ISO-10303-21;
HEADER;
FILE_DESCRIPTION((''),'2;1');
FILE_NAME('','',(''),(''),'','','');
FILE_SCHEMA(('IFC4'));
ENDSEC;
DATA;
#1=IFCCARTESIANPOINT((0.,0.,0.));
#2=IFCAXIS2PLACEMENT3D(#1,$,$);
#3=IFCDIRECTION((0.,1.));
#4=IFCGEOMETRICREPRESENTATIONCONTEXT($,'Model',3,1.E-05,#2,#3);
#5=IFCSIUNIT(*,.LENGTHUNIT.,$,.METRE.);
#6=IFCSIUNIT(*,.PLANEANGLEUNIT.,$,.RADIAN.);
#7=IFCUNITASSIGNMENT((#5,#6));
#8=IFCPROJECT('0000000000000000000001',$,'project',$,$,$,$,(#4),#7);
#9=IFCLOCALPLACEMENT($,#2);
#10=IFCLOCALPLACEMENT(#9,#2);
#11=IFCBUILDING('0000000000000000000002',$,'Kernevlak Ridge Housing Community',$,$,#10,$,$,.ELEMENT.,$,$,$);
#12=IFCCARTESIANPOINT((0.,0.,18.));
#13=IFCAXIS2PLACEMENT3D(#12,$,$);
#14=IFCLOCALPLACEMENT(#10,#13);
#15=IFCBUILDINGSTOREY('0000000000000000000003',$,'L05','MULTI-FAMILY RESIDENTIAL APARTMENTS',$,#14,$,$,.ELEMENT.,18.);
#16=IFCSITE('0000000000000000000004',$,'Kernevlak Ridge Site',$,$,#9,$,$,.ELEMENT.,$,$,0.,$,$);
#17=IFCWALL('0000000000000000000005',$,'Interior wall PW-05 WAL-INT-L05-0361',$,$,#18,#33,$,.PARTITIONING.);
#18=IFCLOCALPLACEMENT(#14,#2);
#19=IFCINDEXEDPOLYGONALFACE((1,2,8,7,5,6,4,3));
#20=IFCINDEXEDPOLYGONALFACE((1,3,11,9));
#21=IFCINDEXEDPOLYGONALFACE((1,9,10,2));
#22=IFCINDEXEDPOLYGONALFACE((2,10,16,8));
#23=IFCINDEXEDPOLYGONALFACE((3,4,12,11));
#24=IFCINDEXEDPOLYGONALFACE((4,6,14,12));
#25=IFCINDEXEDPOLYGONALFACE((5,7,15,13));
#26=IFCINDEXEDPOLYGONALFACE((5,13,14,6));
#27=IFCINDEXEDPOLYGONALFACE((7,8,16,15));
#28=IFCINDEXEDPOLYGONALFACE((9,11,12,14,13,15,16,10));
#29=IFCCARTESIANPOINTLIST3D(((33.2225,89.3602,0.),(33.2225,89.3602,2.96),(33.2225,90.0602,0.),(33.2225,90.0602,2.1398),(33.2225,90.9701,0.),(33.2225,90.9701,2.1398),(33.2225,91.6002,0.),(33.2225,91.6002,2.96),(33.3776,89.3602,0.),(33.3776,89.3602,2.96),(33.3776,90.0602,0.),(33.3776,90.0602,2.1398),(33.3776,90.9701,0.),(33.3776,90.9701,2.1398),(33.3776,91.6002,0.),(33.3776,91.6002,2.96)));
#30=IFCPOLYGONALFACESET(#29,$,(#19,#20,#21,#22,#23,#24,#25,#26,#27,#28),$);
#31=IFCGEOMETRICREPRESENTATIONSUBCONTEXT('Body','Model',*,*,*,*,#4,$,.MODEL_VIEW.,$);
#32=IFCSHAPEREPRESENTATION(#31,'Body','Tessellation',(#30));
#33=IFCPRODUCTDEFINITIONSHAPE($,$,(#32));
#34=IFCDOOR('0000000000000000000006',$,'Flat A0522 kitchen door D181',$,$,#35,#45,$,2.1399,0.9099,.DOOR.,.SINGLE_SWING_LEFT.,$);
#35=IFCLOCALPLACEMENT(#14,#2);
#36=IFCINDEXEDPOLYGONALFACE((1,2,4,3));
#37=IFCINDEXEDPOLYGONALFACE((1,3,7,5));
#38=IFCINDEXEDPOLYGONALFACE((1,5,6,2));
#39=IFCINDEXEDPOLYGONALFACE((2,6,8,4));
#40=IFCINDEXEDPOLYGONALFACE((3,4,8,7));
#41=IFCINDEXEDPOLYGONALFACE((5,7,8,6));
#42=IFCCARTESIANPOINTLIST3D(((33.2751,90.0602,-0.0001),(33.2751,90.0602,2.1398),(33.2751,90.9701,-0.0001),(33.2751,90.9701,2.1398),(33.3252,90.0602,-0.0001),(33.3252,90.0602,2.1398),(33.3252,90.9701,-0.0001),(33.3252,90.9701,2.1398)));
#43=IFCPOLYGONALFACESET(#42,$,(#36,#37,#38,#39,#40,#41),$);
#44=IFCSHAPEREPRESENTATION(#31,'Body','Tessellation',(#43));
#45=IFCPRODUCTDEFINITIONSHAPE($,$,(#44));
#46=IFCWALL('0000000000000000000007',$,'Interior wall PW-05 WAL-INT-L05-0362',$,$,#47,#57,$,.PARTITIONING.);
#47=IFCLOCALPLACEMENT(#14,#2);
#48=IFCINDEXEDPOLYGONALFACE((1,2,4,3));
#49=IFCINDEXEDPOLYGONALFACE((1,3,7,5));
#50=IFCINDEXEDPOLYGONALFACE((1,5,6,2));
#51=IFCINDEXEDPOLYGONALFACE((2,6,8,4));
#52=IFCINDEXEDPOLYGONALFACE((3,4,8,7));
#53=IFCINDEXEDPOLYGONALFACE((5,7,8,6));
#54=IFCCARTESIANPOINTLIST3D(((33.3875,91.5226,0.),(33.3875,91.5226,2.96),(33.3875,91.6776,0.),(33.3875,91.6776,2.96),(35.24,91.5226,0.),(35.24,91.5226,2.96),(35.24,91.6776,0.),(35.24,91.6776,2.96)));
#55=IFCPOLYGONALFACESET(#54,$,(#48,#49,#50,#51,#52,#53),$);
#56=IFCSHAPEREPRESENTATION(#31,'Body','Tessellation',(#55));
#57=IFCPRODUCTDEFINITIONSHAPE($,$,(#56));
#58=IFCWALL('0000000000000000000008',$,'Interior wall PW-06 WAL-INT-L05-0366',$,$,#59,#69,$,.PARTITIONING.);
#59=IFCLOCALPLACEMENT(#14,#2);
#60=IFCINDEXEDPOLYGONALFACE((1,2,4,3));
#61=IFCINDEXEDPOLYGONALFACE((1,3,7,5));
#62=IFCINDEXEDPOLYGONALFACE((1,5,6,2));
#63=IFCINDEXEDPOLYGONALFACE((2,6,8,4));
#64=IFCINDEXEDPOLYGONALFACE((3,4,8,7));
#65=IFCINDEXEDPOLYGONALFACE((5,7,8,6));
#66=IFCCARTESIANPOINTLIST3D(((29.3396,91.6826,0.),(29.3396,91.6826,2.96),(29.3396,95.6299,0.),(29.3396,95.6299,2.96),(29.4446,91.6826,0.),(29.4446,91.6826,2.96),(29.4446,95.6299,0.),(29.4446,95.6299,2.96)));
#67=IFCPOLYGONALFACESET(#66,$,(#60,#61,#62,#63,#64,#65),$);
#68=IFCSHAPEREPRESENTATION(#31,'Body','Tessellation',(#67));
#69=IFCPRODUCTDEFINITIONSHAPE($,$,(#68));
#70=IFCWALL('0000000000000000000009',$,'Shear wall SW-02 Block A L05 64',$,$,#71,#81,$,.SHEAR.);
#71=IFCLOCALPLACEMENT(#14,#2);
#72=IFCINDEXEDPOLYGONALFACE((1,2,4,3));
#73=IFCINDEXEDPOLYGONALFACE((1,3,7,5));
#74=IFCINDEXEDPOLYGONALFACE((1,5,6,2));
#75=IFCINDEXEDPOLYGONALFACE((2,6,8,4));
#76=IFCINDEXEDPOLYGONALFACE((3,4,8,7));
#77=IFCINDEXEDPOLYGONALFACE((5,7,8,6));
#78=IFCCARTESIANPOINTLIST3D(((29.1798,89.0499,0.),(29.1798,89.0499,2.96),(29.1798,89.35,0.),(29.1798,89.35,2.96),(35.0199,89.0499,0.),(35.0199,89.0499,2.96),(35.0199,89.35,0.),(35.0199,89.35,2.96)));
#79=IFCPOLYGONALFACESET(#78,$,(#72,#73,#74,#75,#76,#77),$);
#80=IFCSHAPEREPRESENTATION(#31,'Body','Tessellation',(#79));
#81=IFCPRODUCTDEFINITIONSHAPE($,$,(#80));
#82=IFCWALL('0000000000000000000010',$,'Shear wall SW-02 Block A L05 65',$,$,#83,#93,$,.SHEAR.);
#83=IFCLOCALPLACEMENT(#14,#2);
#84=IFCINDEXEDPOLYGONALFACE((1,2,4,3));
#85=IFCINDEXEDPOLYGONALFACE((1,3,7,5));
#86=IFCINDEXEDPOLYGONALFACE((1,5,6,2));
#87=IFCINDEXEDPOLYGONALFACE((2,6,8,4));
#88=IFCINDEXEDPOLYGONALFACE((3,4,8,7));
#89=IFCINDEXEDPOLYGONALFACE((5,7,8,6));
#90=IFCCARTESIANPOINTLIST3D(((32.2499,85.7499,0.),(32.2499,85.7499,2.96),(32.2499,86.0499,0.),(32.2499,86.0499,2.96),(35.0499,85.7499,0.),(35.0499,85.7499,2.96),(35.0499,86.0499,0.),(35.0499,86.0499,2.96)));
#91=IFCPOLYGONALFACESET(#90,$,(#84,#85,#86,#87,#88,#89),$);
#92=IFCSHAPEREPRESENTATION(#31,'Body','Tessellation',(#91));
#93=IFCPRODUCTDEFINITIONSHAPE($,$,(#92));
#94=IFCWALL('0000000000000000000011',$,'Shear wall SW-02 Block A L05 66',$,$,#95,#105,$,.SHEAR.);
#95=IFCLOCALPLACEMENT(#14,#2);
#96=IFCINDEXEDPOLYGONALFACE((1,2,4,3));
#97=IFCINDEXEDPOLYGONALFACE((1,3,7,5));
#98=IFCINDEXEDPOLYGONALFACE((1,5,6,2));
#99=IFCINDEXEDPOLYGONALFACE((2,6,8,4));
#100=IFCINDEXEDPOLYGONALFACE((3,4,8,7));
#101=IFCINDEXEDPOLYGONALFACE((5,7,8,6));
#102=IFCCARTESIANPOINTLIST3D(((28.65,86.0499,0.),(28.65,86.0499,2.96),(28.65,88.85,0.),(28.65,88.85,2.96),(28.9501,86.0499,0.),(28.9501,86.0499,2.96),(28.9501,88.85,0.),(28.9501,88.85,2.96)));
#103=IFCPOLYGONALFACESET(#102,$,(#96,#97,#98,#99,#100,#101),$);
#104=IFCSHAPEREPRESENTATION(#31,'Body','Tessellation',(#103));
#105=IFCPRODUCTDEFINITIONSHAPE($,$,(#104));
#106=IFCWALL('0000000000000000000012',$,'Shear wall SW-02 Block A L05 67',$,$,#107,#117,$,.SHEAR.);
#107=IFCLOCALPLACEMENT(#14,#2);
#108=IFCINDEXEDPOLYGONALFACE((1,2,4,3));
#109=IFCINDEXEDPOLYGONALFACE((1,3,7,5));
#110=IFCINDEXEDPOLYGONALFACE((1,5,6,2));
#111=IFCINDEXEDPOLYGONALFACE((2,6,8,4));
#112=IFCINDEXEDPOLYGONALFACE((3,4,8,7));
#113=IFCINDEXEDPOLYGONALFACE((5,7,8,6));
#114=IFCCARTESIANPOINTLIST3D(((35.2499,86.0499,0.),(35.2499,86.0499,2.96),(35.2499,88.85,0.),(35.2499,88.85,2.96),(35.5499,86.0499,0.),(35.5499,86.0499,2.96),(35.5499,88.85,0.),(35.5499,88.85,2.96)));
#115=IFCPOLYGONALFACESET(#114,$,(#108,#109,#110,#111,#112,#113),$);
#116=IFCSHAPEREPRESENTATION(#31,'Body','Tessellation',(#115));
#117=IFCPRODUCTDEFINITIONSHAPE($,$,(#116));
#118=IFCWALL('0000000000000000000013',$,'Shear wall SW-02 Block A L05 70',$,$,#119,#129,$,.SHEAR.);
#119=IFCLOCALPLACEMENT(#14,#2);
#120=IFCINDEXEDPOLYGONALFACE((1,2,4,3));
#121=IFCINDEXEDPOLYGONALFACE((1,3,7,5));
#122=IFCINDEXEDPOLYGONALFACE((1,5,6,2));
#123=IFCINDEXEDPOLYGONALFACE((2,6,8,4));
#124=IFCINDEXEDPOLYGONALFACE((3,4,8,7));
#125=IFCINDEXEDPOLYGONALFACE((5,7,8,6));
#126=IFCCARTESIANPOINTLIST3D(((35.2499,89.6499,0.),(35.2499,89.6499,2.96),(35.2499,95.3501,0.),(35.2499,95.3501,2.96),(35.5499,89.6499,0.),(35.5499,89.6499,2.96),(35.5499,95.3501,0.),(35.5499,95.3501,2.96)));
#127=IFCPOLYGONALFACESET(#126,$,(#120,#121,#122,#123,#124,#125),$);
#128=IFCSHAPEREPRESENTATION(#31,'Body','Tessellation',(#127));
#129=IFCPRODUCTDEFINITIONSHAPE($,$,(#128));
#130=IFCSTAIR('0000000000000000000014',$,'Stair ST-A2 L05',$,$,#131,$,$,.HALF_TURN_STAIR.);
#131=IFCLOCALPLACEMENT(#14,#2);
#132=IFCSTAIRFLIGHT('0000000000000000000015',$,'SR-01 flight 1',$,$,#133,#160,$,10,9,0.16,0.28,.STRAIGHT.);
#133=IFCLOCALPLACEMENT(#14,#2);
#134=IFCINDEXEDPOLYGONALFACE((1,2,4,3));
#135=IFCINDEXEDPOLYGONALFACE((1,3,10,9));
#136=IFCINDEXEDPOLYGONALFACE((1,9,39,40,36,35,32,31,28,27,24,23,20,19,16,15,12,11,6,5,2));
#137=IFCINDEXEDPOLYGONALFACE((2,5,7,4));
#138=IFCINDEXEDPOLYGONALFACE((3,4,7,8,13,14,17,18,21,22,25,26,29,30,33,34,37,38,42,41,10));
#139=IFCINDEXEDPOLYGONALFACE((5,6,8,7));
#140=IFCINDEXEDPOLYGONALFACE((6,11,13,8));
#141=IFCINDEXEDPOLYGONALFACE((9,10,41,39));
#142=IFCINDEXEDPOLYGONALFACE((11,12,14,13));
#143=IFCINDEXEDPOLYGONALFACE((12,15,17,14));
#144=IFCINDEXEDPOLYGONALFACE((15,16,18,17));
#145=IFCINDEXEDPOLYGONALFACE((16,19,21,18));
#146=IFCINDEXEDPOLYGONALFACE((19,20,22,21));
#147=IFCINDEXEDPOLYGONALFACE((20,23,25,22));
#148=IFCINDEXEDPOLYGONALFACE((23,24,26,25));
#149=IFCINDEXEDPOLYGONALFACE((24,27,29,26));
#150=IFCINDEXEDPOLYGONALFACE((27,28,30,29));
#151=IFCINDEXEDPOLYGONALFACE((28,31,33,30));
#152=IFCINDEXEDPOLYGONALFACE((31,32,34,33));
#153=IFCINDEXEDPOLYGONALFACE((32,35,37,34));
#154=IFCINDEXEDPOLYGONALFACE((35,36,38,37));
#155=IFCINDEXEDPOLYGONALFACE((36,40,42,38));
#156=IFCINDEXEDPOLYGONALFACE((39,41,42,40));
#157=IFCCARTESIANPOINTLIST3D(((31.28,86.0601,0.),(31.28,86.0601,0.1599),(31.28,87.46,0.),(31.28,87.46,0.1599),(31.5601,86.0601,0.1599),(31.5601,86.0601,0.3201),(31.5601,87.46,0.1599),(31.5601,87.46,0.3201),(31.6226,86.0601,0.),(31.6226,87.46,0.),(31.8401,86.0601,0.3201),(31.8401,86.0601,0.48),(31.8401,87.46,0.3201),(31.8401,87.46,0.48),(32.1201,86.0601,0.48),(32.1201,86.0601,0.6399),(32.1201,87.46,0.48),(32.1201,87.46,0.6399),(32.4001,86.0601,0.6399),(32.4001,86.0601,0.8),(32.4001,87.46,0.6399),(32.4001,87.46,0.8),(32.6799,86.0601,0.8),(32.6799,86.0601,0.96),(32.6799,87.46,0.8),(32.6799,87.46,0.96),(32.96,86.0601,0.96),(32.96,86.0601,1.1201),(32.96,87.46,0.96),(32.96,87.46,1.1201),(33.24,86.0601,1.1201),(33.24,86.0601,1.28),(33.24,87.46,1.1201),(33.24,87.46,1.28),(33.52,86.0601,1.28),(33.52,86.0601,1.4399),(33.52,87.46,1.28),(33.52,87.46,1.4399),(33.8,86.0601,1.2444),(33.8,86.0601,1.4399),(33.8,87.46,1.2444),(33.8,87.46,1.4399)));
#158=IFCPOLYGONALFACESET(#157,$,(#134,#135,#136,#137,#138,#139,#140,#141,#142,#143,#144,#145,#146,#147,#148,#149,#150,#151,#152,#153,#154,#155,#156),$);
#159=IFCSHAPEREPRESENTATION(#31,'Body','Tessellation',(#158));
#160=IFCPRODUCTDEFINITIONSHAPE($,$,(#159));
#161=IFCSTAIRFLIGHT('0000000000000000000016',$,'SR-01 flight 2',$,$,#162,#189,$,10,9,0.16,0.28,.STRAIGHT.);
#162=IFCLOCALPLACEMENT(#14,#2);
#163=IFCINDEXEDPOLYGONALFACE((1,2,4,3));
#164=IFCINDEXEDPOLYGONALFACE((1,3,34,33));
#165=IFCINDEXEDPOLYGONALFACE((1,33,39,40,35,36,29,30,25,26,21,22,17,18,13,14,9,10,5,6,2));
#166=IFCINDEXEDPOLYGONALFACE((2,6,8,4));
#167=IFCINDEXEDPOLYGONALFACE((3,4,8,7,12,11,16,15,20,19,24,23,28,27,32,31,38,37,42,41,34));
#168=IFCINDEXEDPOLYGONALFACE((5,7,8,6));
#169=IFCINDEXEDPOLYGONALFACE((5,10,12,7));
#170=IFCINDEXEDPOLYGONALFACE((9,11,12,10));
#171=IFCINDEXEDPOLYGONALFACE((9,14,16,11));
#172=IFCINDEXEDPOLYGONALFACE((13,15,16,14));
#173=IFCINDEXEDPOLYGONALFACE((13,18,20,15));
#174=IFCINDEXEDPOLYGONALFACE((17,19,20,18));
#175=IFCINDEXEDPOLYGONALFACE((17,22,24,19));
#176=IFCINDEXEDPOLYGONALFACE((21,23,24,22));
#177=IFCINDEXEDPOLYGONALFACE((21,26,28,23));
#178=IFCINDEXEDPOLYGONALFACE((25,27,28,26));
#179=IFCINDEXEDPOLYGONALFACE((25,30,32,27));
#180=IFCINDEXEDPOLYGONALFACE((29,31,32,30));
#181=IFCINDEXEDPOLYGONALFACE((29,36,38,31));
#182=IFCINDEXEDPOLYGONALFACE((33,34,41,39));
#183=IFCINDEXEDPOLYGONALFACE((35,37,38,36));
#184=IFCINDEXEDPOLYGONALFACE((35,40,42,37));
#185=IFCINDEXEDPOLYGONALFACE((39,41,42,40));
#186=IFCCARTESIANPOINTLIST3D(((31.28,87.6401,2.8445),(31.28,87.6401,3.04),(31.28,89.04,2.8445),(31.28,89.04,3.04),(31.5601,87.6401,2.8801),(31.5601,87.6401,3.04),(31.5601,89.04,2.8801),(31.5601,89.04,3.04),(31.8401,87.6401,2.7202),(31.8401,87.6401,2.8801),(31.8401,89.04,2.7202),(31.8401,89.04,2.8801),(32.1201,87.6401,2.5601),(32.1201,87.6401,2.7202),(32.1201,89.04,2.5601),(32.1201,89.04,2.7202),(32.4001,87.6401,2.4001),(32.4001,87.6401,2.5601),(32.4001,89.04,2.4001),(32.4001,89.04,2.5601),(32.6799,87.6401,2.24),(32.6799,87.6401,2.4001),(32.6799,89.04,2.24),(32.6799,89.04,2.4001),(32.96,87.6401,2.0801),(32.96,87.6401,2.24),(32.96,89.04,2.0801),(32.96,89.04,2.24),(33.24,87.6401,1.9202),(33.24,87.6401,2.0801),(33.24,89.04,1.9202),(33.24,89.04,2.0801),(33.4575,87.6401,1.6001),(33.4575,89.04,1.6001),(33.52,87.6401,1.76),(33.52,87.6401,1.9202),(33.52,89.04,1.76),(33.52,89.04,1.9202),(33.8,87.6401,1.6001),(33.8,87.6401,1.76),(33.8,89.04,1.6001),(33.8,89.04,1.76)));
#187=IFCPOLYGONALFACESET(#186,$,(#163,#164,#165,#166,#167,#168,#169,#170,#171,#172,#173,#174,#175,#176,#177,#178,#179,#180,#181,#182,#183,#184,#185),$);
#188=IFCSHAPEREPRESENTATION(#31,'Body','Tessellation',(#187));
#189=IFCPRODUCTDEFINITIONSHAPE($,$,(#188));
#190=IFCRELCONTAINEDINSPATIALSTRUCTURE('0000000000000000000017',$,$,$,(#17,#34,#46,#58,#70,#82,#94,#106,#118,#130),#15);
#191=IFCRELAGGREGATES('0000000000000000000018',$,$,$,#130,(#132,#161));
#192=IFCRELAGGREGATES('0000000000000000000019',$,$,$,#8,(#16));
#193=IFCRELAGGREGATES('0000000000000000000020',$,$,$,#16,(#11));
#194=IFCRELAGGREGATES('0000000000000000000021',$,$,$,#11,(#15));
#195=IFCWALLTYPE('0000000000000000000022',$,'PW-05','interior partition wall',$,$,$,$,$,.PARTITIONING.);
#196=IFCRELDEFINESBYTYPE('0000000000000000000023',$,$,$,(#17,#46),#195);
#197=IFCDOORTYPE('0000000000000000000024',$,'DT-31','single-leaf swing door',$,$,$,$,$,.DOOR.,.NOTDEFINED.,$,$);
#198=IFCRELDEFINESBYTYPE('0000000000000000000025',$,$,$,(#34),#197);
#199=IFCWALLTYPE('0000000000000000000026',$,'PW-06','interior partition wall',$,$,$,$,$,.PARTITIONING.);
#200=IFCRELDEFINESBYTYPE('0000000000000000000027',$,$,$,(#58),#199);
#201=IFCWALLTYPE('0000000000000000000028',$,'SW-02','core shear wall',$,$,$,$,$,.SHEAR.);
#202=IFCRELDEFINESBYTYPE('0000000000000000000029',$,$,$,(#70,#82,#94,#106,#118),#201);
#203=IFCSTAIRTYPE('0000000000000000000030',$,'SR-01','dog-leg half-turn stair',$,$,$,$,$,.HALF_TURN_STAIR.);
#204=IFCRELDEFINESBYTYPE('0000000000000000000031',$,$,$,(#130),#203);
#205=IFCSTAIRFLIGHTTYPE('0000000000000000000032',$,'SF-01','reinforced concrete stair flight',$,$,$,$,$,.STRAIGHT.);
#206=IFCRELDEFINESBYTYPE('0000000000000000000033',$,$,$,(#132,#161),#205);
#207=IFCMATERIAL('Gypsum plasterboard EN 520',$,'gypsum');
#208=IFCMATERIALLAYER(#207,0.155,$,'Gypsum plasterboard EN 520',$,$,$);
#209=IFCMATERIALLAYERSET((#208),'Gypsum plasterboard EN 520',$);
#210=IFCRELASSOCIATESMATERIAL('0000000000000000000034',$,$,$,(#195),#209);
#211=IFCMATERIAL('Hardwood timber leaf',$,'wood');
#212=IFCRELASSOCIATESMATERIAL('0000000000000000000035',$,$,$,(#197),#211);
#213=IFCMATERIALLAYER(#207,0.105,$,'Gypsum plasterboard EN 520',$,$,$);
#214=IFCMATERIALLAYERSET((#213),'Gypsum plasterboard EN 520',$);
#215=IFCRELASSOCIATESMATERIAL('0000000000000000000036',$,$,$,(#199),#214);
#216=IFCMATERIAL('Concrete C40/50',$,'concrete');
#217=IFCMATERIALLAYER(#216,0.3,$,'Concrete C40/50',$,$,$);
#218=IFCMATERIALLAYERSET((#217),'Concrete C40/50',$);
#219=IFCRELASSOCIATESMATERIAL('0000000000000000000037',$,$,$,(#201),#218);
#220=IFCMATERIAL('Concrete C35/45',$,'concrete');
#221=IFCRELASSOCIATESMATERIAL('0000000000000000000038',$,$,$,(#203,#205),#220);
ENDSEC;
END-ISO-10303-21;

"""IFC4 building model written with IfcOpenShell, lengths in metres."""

from ifc_helpers import new_model, si_unit, direction, frame, frame_2d, origin, place, context, subcontext, project, spatial, polyline, rectangle, outline, extrude, material, layer, layer_set, type_object, element, fill, aggregate, save


model = new_model("IFC4")

# Units and contexts
model_context = context("Model", 3, precision=1e-05, world=origin(), true_north=direction((0.0, 1.0)))
body_context = subcontext(model_context, "Body", "Model", "MODEL_VIEW")
ifc_project = project(units=[si_unit("LENGTHUNIT", "METRE"), si_unit("PLANEANGLEUNIT", "RADIAN")], contexts=[model_context])

# Site, building, storey
site_placement = place(None, origin())
site = spatial("IfcSite", under=ifc_project, at=site_placement, Name="Kernevlak Ridge Site", CompositionType="ELEMENT", RefElevation=0.0)
building_placement = place(site_placement, origin())
building = spatial("IfcBuilding", under=site, at=building_placement, Name="Kernevlak Ridge Housing Community", CompositionType="ELEMENT")
storey_placement = place(building_placement, frame((0.0, 0.0, 18.0)))
storey = spatial("IfcBuildingStorey", under=building, at=storey_placement, Name="L05", Description="MULTI-FAMILY RESIDENTIAL APARTMENTS", CompositionType="ELEMENT", Elevation=18.0)

# Shared definitions
ifc_material_1 = material(Name="Concrete C40/50", Category="concrete")

# Shared definitions
ifc_material_2 = material(Name="Concrete C35/45", Category="concrete")

# Shared definitions
ifc_material_3 = material(Name="Gypsum plasterboard EN 520", Category="gypsum")

# Wall, opening, door
ifc_layer_1 = layer(ifc_material_3, 0.155, Name="Gypsum plasterboard EN 520")
ifc_layer_set_1 = layer_set([ifc_layer_1], Name="Gypsum plasterboard EN 520")
wall_type_1 = type_object("IfcWallType", Name="PW-05", Description="interior partition wall", PredefinedType="PARTITIONING", material=ifc_layer_set_1)
wall_1_placement = place(storey_placement, frame((33.3, 89.3601, 0.0), z_axis=(0.0, 0.0, 1.0), x_axis=(0.0, 1.0, 0.0)))
wall_1 = element("IfcWall", 1, at=wall_1_placement, inside=storey, type_object=wall_type_1, Name="Interior wall PW-05 WAL-INT-L05-0361", PredefinedType="PARTITIONING", context=body_context, shape_type="SweptSolid", body=[
    extrude(rectangle(XDim=2.24, YDim=0.155, at=frame_2d((1.1201, 0.0))), origin(), (0.0, 0.0, 1.0), 2.96),
])
opening_1_placement = place(wall_1_placement, frame((0.7, 0.0, 0.0)))
opening_1 = element("IfcOpeningElement", 2, at=opening_1_placement, cuts=wall_1, PredefinedType="OPENING", context=body_context, shape_type="SweptSolid", body=[
    extrude(rectangle(XDim=0.9099, YDim=2.1399, at=frame_2d((0.4551, 1.0698))), frame((0.0, 0.0874, 0.0), z_axis=(0.0, -1.0, 0.0), x_axis=(1.0, 0.0, 0.0)), (0.0, 0.0, 1.0), 0.175),
])
ifc_material_4 = material(Name="Hardwood timber leaf", Category="wood")
door_type_1 = type_object("IfcDoorType", Name="DT-31", Description="single-leaf swing door", OperationType="NOTDEFINED", PredefinedType="DOOR", material=ifc_material_4)
door_1_placement = place(opening_1_placement, origin())
door_1 = element("IfcDoor", 3, at=door_1_placement, inside=storey, type_object=door_type_1, Name="Flat A0522 kitchen door D181", OperationType="SINGLE_SWING_LEFT", OverallHeight=2.1399, OverallWidth=0.9099, PredefinedType="DOOR", context=body_context, shape_type="SweptSolid", body=[
    extrude(rectangle(XDim=0.9099, YDim=2.1399, at=frame_2d((0.4551, 1.0698))), frame((0.0, 0.0249, 0.0), z_axis=(0.0, -1.0, 0.0), x_axis=(1.0, 0.0, 0.0)), (0.0, 0.0, 1.0), 0.05),
])
fill(opening_1, door_1)

# Walls
wall_2_placement = place(storey_placement, frame((33.3875, 91.6001, 0.0), z_axis=(0.0, 0.0, 1.0), x_axis=(1.0, 0.0, 0.0)))
element("IfcWall", 4, at=wall_2_placement, inside=storey, type_object=wall_type_1, Name="Interior wall PW-05 WAL-INT-L05-0362", PredefinedType="PARTITIONING", context=body_context, shape_type="SweptSolid", body=[
    extrude(rectangle(XDim=1.8525, YDim=0.155, at=frame_2d((0.9263, 0.0))), origin(), (0.0, 0.0, 1.0), 2.96),
])
ifc_layer_2 = layer(ifc_material_3, 0.105, Name="Gypsum plasterboard EN 520")
ifc_layer_set_2 = layer_set([ifc_layer_2], Name="Gypsum plasterboard EN 520")
wall_type_2 = type_object("IfcWallType", Name="PW-06", Description="interior partition wall", PredefinedType="PARTITIONING", material=ifc_layer_set_2)
wall_3_placement = place(storey_placement, frame((29.3921, 91.6826, 0.0), z_axis=(0.0, 0.0, 1.0), x_axis=(0.0, 1.0, 0.0)))
element("IfcWall", 5, at=wall_3_placement, inside=storey, type_object=wall_type_2, Name="Interior wall PW-06 WAL-INT-L05-0366", PredefinedType="PARTITIONING", context=body_context, shape_type="SweptSolid", body=[
    extrude(rectangle(XDim=3.9473, YDim=0.105, at=frame_2d((1.9736, 0.0))), origin(), (0.0, 0.0, 1.0), 2.96),
])
ifc_layer_3 = layer(ifc_material_1, 0.3, Name="Concrete C40/50")
ifc_layer_set_3 = layer_set([ifc_layer_3], Name="Concrete C40/50")
wall_type_3 = type_object("IfcWallType", Name="SW-02", Description="core shear wall", PredefinedType="SHEAR", material=ifc_layer_set_3)
wall_4_placement = place(storey_placement, frame((29.1799, 89.2, 0.0), z_axis=(0.0, 0.0, 1.0), x_axis=(1.0, 0.0, 0.0)))
element("IfcWall", 6, at=wall_4_placement, inside=storey, type_object=wall_type_3, Name="Shear wall SW-02 Block A L05 64", PredefinedType="SHEAR", context=body_context, shape_type="SweptSolid", body=[
    extrude(rectangle(XDim=5.8401, YDim=0.3, at=frame_2d((2.9199, 0.0))), origin(), (0.0, 0.0, 1.0), 2.96),
])
for number, where, z_axis, x_axis, name in (
    (7, (32.25, 85.8999, 0.0), (0.0, 0.0, 1.0), (1.0, 0.0, 0.0), "Shear wall SW-02 Block A L05 65"),
    (8, (28.8, 86.05, 0.0), (0.0, 0.0, 1.0), (0.0, 1.0, 0.0), "Shear wall SW-02 Block A L05 66"),
    (9, (35.3999, 86.05, 0.0), (0.0, 0.0, 1.0), (0.0, 1.0, 0.0), "Shear wall SW-02 Block A L05 67"),
):
    element("IfcWall", number, at=place(storey_placement, frame(where, z_axis=z_axis, x_axis=x_axis)), inside=storey, type_object=wall_type_3, Name=name, PredefinedType="SHEAR", context=body_context, shape_type="SweptSolid", body=[
        extrude(rectangle(XDim=2.8, YDim=0.3, at=frame_2d((1.3999, 0.0))), origin(), (0.0, 0.0, 1.0), 2.96),
    ])
wall_5_placement = place(storey_placement, frame((35.3999, 89.6499, 0.0), z_axis=(0.0, 0.0, 1.0), x_axis=(0.0, 1.0, 0.0)))
element("IfcWall", 10, at=wall_5_placement, inside=storey, type_object=wall_type_3, Name="Shear wall SW-02 Block A L05 70", PredefinedType="SHEAR", context=body_context, shape_type="SweptSolid", body=[
    extrude(rectangle(XDim=5.7002, YDim=0.3, at=frame_2d((2.8501, 0.0))), origin(), (0.0, 0.0, 1.0), 2.96),
])

# Stair, stair flights
stair_type = type_object("IfcStairType", Name="SR-01", Description="dog-leg half-turn stair", PredefinedType="HALF_TURN_STAIR", material=ifc_material_2)
stair_placement = place(storey_placement, origin())
stair = element("IfcStair", 11, at=stair_placement, inside=storey, type_object=stair_type, Name="Stair ST-A2 L05", PredefinedType="HALF_TURN_STAIR")
stair_flight_type = type_object("IfcStairFlightType", Name="SF-01", Description="reinforced concrete stair flight", PredefinedType="STRAIGHT", material=ifc_material_2)
stair_flight_1_placement = place(storey_placement, frame((31.28, 86.76, 0.0), z_axis=(0.0, 0.0, 1.0), x_axis=(1.0, 0.0, 0.0)))
stair_flight_1 = element("IfcStairFlight", 12, at=stair_flight_1_placement, type_object=stair_flight_type, Name="SR-01 flight 1", NumberOfRisers=10, NumberOfTreads=9, PredefinedType="STRAIGHT", RiserHeight=0.16, TreadLength=0.28, context=body_context, shape_type="SweptSolid", body=[
    extrude(outline(polyline([(0.0, 0.0), (0.0, 0.1599), (0.28, 0.1599), (0.28, 0.3201), (0.5601, 0.3201), (0.5601, 0.48), (0.8401, 0.48), (0.8401, 0.6399), (1.1201, 0.6399), (1.1201, 0.8), (1.3999, 0.8), (1.3999, 0.96), (1.6799, 0.96), (1.6799, 1.1201), (1.96, 1.1201), (1.96, 1.28), (2.24, 1.28), (2.24, 1.4399), (2.52, 1.4399), (2.52, 1.6001), (2.52, 1.2444), (0.3425, 0.0), (0.0, 0.0)])), frame((0.0, 0.7, 0.0), z_axis=(0.0, -1.0, 0.0), x_axis=(1.0, 0.0, 0.0)), (0.0, 0.0, 1.0), 1.3999),
])
stair_flight_2_placement = place(storey_placement, frame((33.8, 88.3401, 1.6001), z_axis=(0.0, 0.0, 1.0), x_axis=(-1.0, 0.0, 0.0)))
stair_flight_2 = element("IfcStairFlight", 13, at=stair_flight_2_placement, type_object=stair_flight_type, Name="SR-01 flight 2", NumberOfRisers=10, NumberOfTreads=9, PredefinedType="STRAIGHT", RiserHeight=0.16, TreadLength=0.28, context=body_context, shape_type="SweptSolid", body=[
    extrude(outline(polyline([(0.0, 0.0), (0.0, 0.1599), (0.28, 0.1599), (0.28, 0.3201), (0.5601, 0.3201), (0.5601, 0.48), (0.8401, 0.48), (0.8401, 0.6399), (1.1201, 0.6399), (1.1201, 0.8), (1.3999, 0.8), (1.3999, 0.96), (1.6799, 0.96), (1.6799, 1.1201), (1.96, 1.1201), (1.96, 1.28), (2.24, 1.28), (2.24, 1.4399), (2.52, 1.4399), (2.52, 1.6001), (2.52, 1.2444), (0.3425, 0.0), (0.0, 0.0)])), frame((0.0, 0.7, 0.0), z_axis=(0.0, -1.0, 0.0), x_axis=(1.0, 0.0, 0.0)), (0.0, 0.0, 1.0), 1.3999),
])
aggregate(stair, [stair_flight_1, stair_flight_2])

save(model, "model.ifc")
